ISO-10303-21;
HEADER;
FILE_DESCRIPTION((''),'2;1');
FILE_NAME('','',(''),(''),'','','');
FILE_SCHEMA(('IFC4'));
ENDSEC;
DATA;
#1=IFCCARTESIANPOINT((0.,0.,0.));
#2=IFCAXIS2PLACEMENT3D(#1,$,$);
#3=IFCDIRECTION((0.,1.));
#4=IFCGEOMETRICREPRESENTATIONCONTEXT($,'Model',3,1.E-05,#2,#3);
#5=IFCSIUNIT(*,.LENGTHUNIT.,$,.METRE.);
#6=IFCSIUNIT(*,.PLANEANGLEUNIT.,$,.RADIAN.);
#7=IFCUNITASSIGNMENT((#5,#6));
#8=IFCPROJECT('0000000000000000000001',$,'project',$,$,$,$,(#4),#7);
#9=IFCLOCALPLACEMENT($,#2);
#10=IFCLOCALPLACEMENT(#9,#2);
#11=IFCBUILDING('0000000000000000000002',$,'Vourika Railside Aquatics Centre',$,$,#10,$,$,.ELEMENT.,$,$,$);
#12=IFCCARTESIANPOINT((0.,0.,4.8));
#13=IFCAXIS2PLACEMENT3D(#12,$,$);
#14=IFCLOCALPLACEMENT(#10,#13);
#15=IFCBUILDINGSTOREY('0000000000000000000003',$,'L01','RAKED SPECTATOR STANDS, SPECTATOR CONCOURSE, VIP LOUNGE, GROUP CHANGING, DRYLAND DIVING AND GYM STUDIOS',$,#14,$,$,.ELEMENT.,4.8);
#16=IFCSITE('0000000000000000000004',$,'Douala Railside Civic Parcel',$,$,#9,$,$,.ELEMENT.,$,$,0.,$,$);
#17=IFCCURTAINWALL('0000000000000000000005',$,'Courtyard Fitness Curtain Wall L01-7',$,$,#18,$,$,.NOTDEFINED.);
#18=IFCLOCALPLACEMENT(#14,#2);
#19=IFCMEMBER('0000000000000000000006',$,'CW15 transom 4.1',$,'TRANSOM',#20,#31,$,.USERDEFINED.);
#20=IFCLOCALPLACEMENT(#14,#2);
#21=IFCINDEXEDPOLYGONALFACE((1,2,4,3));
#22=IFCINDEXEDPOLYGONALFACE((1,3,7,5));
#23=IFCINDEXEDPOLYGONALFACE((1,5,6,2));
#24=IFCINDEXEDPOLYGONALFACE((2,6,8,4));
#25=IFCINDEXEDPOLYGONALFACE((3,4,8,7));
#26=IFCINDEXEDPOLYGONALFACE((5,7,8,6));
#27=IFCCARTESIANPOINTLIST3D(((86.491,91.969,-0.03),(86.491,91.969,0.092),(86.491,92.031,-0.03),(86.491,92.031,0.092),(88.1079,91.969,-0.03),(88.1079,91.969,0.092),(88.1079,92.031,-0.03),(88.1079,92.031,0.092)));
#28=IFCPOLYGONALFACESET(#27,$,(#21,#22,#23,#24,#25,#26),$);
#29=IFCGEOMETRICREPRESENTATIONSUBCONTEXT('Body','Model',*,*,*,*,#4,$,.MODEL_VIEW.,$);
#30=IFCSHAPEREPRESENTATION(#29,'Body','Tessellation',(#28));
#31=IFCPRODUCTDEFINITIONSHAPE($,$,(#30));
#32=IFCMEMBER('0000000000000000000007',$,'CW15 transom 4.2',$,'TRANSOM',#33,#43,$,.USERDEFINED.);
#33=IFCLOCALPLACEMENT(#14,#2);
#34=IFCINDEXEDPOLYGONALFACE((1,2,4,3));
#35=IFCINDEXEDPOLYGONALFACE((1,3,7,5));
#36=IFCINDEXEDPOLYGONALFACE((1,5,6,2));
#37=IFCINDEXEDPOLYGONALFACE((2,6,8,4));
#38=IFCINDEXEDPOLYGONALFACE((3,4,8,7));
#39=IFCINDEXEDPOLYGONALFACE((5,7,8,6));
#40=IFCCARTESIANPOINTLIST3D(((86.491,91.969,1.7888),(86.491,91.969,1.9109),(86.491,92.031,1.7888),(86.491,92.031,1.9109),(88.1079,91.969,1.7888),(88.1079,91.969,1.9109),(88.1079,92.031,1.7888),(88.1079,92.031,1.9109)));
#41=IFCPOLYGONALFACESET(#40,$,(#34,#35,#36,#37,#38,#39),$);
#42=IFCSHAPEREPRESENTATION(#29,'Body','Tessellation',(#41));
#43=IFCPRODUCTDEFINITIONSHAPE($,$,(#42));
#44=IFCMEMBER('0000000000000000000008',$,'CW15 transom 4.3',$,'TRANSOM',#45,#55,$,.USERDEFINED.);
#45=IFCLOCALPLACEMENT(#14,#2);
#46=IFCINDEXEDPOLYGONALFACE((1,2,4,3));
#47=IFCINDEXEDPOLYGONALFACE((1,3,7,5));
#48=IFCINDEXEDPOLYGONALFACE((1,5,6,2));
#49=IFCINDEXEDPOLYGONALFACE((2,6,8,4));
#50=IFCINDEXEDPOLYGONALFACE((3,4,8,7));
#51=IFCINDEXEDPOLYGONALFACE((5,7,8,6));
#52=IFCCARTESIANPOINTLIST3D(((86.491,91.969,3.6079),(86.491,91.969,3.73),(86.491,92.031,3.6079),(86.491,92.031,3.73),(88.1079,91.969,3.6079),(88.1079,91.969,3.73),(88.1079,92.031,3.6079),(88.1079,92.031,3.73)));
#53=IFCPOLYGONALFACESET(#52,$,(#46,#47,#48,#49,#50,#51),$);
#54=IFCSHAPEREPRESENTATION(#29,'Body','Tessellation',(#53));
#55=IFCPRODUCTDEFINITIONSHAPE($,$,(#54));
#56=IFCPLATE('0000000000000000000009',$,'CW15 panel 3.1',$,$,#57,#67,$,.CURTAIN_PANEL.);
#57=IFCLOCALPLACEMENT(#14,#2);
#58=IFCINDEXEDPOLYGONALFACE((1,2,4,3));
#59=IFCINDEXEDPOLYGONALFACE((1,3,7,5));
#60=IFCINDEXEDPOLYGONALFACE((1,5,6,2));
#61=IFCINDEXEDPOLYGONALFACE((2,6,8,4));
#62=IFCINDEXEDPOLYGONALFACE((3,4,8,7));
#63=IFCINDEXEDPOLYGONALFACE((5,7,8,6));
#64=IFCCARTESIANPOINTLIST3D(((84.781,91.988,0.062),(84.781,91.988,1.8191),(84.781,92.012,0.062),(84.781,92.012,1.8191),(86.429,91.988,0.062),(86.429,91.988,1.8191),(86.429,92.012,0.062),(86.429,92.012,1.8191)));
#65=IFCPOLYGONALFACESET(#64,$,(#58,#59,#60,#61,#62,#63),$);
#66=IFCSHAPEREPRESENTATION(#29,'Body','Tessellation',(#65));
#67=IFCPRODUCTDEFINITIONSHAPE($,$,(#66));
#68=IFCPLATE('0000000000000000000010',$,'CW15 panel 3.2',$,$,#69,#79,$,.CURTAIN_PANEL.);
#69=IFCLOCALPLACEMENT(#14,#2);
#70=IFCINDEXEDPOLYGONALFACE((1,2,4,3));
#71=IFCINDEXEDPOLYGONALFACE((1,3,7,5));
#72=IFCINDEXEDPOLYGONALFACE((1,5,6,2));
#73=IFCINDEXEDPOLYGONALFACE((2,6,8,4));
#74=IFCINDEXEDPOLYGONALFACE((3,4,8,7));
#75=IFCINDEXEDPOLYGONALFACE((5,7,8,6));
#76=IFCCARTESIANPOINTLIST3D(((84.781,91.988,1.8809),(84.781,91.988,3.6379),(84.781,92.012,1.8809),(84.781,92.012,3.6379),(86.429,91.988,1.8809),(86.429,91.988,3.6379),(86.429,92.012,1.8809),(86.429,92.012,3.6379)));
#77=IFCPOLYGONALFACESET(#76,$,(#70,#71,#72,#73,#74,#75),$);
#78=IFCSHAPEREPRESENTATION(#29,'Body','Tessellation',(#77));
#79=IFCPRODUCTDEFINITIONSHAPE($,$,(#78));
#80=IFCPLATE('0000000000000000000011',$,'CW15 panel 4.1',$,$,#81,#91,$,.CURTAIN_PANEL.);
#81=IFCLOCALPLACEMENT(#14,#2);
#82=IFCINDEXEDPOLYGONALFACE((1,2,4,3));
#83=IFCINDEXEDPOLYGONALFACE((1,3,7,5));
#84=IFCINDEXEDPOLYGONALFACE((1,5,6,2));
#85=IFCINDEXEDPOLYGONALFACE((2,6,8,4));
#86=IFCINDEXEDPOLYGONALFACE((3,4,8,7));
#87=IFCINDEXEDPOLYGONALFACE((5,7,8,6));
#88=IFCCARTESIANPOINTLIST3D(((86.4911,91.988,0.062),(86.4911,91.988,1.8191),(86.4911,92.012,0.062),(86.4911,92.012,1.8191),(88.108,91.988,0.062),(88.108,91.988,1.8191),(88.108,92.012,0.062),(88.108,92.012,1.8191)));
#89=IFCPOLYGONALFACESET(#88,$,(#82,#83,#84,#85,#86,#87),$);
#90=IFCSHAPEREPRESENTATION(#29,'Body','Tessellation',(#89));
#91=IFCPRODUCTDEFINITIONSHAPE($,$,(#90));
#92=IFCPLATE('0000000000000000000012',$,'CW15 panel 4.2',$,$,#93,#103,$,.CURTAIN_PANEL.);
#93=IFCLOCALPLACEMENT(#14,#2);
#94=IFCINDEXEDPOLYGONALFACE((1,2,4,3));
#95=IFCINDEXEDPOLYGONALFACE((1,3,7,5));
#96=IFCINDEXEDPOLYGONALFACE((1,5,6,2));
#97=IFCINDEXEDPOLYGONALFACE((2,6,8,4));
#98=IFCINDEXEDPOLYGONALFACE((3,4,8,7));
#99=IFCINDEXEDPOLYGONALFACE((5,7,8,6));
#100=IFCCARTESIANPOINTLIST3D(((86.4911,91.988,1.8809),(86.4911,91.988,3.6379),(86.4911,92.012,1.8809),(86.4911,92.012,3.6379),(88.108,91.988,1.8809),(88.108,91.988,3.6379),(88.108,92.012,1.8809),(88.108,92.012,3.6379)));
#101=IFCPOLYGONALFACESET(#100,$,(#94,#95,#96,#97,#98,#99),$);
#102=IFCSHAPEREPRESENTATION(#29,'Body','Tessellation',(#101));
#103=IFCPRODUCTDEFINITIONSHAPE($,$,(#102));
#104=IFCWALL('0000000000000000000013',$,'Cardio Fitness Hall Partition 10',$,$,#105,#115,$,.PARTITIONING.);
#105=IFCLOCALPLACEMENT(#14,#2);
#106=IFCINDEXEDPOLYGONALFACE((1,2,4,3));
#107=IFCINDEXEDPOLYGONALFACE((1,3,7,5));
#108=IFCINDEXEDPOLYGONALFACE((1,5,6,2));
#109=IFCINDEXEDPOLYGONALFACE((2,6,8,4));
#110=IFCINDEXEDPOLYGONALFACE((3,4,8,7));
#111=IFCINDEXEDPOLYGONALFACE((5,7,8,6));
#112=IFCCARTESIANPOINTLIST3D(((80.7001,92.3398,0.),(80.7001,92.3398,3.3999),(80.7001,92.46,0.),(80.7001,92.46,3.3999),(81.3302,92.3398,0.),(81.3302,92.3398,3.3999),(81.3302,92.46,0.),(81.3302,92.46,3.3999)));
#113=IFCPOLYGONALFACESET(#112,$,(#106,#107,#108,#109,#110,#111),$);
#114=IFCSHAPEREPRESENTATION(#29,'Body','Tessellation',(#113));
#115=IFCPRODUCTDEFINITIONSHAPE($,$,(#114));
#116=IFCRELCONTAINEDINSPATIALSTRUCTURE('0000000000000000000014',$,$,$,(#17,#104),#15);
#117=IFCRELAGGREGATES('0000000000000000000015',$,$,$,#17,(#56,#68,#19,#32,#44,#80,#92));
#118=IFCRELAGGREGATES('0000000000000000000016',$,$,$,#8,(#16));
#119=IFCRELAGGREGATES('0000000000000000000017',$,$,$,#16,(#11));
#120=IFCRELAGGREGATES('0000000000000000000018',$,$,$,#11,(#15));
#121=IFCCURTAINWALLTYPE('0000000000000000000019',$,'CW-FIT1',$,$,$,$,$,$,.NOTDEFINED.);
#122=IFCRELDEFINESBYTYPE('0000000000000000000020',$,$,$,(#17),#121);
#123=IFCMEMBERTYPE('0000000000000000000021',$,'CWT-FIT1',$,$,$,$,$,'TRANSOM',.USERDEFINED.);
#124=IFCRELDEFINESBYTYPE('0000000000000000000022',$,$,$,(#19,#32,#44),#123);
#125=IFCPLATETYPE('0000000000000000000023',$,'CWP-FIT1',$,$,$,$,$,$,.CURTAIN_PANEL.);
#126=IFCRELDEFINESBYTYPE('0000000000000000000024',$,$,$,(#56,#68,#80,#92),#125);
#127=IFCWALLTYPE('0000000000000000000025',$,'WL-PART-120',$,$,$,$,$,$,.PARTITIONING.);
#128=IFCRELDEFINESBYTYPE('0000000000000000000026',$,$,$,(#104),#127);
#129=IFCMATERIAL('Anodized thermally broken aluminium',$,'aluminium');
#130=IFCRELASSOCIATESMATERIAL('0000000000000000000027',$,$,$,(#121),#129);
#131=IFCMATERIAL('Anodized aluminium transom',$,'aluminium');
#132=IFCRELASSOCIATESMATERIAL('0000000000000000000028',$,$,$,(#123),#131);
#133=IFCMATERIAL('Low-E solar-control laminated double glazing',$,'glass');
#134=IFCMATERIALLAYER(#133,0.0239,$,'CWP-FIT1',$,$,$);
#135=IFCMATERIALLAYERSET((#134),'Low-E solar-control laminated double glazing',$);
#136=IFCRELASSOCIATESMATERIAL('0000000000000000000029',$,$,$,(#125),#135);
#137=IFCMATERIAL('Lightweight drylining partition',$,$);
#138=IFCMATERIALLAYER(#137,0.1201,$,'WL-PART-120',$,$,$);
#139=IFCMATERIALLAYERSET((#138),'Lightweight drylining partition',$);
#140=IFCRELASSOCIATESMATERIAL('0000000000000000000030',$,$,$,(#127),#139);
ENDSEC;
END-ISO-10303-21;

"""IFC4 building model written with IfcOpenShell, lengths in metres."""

from ifc_helpers import new_model, si_unit, direction, frame, frame_2d, origin, origin_2d, place, context, subcontext, project, spatial, rectangle, extrude, material, layer, layer_set, material_profile, profile_set, type_object, element, aggregate, save


model = new_model("IFC4")

# Units and contexts
model_context = context("Model", 3, precision=1e-05, world=origin(), true_north=direction((0.0, 1.0)))
body_context = subcontext(model_context, "Body", "Model", "MODEL_VIEW")
ifc_project = project(units=[si_unit("LENGTHUNIT", "METRE"), si_unit("PLANEANGLEUNIT", "RADIAN")], contexts=[model_context])

# Site, building, storey
site_placement = place(None, origin())
site = spatial("IfcSite", under=ifc_project, at=site_placement, Name="Douala Railside Civic Parcel", CompositionType="ELEMENT", RefElevation=0.0)
building_placement = place(site_placement, origin())
building = spatial("IfcBuilding", under=site, at=building_placement, Name="Vourika Railside Aquatics Centre", CompositionType="ELEMENT")
storey_placement = place(building_placement, frame((0.0, 0.0, 4.8)))
storey = spatial("IfcBuildingStorey", under=building, at=storey_placement, Name="L01", Description="RAKED SPECTATOR STANDS, SPECTATOR CONCOURSE, VIP LOUNGE, GROUP CHANGING, DRYLAND DIVING AND GYM STUDIOS", CompositionType="ELEMENT", Elevation=4.8)

# Curtain wall, members, plates
ifc_material_1 = material(Name="Anodized thermally broken aluminium", Category="aluminium")
curtain_wall_type = type_object("IfcCurtainWallType", Name="CW-FIT1", PredefinedType="NOTDEFINED", material=ifc_material_1)
curtain_wall_placement = place(storey_placement, origin())
curtain_wall = element("IfcCurtainWall", 1, at=curtain_wall_placement, inside=storey, type_object=curtain_wall_type, Name="Courtyard Fitness Curtain Wall L01-7", PredefinedType="NOTDEFINED")
ifc_material_2 = material(Name="Anodized aluminium transom", Category="aluminium")
ifc_material_profile_1 = material_profile(ifc_material_2, rectangle(XDim=0.062, YDim=0.1221, at=origin_2d()), Name="ALU-T 62x122")
ifc_profile_set_1 = profile_set([ifc_material_profile_1], Name="Anodized aluminium transom")
member_type_1 = type_object("IfcMemberType", Name="CWT-FIT1", ElementType="TRANSOM", PredefinedType="USERDEFINED", material=ifc_profile_set_1)
member_1_placement = place(storey_placement, frame((86.491, 92.0, 0.031), z_axis=(1.0, 0.0, 0.0), x_axis=(0.0, 1.0, 0.0)))
member_1 = element("IfcMember", 2, at=member_1_placement, type_object=member_type_1, Name="CW15 transom 4.1", ObjectType="TRANSOM", PredefinedType="USERDEFINED", context=body_context, shape_type="SweptSolid", body=[
    extrude(rectangle(XDim=0.062, YDim=0.1221, at=origin_2d()), origin(), (0.0, 0.0, 1.0), 1.6169),
])
member_2_placement = place(storey_placement, frame((86.491, 92.0, 1.8499), z_axis=(1.0, 0.0, 0.0), x_axis=(0.0, 1.0, 0.0)))
member_2 = element("IfcMember", 3, at=member_2_placement, type_object=member_type_1, Name="CW15 transom 4.2", ObjectType="TRANSOM", PredefinedType="USERDEFINED", context=body_context, shape_type="SweptSolid", body=[
    extrude(rectangle(XDim=0.062, YDim=0.1221, at=origin_2d()), origin(), (0.0, 0.0, 1.0), 1.6169),
])
member_3_placement = place(storey_placement, frame((86.491, 92.0, 3.6689), z_axis=(1.0, 0.0, 0.0), x_axis=(0.0, 1.0, 0.0)))
member_3 = element("IfcMember", 4, at=member_3_placement, type_object=member_type_1, Name="CW15 transom 4.3", ObjectType="TRANSOM", PredefinedType="USERDEFINED", context=body_context, shape_type="SweptSolid", body=[
    extrude(rectangle(XDim=0.062, YDim=0.1221, at=origin_2d()), origin(), (0.0, 0.0, 1.0), 1.6169),
])
ifc_material_3 = material(Name="Low-E solar-control laminated double glazing", Category="glass")
ifc_layer_1 = layer(ifc_material_3, 0.0239, Name="CWP-FIT1")
ifc_layer_set_1 = layer_set([ifc_layer_1], Name="Low-E solar-control laminated double glazing")
plate_type = type_object("IfcPlateType", Name="CWP-FIT1", PredefinedType="CURTAIN_PANEL", material=ifc_layer_set_1)
plate_1_placement = place(storey_placement, frame((85.605, 92.0, 0.062), z_axis=(0.0, 0.0, 1.0), x_axis=(1.0, 0.0, 0.0)))
plate_1 = element("IfcPlate", 5, at=plate_1_placement, type_object=plate_type, Name="CW15 panel 3.1", PredefinedType="CURTAIN_PANEL", context=body_context, shape_type="SweptSolid", body=[
    extrude(rectangle(XDim=1.6479, YDim=0.0239, at=origin_2d()), origin(), (0.0, 0.0, 1.0), 1.7571),
])
plate_2_placement = place(storey_placement, frame((85.605, 92.0, 1.8809), z_axis=(0.0, 0.0, 1.0), x_axis=(1.0, 0.0, 0.0)))
plate_2 = element("IfcPlate", 6, at=plate_2_placement, type_object=plate_type, Name="CW15 panel 3.2", PredefinedType="CURTAIN_PANEL", context=body_context, shape_type="SweptSolid", body=[
    extrude(rectangle(XDim=1.6479, YDim=0.0239, at=origin_2d()), origin(), (0.0, 0.0, 1.0), 1.7571),
])
plate_3_placement = place(storey_placement, frame((87.2996, 92.0, 0.062), z_axis=(0.0, 0.0, 1.0), x_axis=(1.0, 0.0, 0.0)))
plate_3 = element("IfcPlate", 7, at=plate_3_placement, type_object=plate_type, Name="CW15 panel 4.1", PredefinedType="CURTAIN_PANEL", context=body_context, shape_type="SweptSolid", body=[
    extrude(rectangle(XDim=1.6169, YDim=0.0239, at=origin_2d()), origin(), (0.0, 0.0, 1.0), 1.7571),
])
plate_4_placement = place(storey_placement, frame((87.2996, 92.0, 1.8809), z_axis=(0.0, 0.0, 1.0), x_axis=(1.0, 0.0, 0.0)))
plate_4 = element("IfcPlate", 8, at=plate_4_placement, type_object=plate_type, Name="CW15 panel 4.2", PredefinedType="CURTAIN_PANEL", context=body_context, shape_type="SweptSolid", body=[
    extrude(rectangle(XDim=1.6169, YDim=0.0239, at=origin_2d()), origin(), (0.0, 0.0, 1.0), 1.7571),
])
aggregate(curtain_wall, [plate_1, plate_2, member_1, member_2, member_3, plate_3, plate_4])

# Wall
ifc_material_4 = material(Name="Lightweight drylining partition")
ifc_layer_2 = layer(ifc_material_4, 0.1201, Name="WL-PART-120")
ifc_layer_set_2 = layer_set([ifc_layer_2], Name="Lightweight drylining partition")
wall_type = type_object("IfcWallType", Name="WL-PART-120", PredefinedType="PARTITIONING", material=ifc_layer_set_2)
wall_placement = place(storey_placement, frame((81.3301, 92.3999, 0.0), z_axis=(0.0, 0.0, 1.0), x_axis=(-1.0, 0.0, 0.0)))
element("IfcWall", 9, at=wall_placement, inside=storey, type_object=wall_type, Name="Cardio Fitness Hall Partition 10", PredefinedType="PARTITIONING", context=body_context, shape_type="SweptSolid", body=[
    extrude(rectangle(XDim=0.6301, YDim=0.1201, at=frame_2d((0.3149, 0.0))), origin(), (0.0, 0.0, 1.0), 3.3999),
])

save(model, "model.ifc")
